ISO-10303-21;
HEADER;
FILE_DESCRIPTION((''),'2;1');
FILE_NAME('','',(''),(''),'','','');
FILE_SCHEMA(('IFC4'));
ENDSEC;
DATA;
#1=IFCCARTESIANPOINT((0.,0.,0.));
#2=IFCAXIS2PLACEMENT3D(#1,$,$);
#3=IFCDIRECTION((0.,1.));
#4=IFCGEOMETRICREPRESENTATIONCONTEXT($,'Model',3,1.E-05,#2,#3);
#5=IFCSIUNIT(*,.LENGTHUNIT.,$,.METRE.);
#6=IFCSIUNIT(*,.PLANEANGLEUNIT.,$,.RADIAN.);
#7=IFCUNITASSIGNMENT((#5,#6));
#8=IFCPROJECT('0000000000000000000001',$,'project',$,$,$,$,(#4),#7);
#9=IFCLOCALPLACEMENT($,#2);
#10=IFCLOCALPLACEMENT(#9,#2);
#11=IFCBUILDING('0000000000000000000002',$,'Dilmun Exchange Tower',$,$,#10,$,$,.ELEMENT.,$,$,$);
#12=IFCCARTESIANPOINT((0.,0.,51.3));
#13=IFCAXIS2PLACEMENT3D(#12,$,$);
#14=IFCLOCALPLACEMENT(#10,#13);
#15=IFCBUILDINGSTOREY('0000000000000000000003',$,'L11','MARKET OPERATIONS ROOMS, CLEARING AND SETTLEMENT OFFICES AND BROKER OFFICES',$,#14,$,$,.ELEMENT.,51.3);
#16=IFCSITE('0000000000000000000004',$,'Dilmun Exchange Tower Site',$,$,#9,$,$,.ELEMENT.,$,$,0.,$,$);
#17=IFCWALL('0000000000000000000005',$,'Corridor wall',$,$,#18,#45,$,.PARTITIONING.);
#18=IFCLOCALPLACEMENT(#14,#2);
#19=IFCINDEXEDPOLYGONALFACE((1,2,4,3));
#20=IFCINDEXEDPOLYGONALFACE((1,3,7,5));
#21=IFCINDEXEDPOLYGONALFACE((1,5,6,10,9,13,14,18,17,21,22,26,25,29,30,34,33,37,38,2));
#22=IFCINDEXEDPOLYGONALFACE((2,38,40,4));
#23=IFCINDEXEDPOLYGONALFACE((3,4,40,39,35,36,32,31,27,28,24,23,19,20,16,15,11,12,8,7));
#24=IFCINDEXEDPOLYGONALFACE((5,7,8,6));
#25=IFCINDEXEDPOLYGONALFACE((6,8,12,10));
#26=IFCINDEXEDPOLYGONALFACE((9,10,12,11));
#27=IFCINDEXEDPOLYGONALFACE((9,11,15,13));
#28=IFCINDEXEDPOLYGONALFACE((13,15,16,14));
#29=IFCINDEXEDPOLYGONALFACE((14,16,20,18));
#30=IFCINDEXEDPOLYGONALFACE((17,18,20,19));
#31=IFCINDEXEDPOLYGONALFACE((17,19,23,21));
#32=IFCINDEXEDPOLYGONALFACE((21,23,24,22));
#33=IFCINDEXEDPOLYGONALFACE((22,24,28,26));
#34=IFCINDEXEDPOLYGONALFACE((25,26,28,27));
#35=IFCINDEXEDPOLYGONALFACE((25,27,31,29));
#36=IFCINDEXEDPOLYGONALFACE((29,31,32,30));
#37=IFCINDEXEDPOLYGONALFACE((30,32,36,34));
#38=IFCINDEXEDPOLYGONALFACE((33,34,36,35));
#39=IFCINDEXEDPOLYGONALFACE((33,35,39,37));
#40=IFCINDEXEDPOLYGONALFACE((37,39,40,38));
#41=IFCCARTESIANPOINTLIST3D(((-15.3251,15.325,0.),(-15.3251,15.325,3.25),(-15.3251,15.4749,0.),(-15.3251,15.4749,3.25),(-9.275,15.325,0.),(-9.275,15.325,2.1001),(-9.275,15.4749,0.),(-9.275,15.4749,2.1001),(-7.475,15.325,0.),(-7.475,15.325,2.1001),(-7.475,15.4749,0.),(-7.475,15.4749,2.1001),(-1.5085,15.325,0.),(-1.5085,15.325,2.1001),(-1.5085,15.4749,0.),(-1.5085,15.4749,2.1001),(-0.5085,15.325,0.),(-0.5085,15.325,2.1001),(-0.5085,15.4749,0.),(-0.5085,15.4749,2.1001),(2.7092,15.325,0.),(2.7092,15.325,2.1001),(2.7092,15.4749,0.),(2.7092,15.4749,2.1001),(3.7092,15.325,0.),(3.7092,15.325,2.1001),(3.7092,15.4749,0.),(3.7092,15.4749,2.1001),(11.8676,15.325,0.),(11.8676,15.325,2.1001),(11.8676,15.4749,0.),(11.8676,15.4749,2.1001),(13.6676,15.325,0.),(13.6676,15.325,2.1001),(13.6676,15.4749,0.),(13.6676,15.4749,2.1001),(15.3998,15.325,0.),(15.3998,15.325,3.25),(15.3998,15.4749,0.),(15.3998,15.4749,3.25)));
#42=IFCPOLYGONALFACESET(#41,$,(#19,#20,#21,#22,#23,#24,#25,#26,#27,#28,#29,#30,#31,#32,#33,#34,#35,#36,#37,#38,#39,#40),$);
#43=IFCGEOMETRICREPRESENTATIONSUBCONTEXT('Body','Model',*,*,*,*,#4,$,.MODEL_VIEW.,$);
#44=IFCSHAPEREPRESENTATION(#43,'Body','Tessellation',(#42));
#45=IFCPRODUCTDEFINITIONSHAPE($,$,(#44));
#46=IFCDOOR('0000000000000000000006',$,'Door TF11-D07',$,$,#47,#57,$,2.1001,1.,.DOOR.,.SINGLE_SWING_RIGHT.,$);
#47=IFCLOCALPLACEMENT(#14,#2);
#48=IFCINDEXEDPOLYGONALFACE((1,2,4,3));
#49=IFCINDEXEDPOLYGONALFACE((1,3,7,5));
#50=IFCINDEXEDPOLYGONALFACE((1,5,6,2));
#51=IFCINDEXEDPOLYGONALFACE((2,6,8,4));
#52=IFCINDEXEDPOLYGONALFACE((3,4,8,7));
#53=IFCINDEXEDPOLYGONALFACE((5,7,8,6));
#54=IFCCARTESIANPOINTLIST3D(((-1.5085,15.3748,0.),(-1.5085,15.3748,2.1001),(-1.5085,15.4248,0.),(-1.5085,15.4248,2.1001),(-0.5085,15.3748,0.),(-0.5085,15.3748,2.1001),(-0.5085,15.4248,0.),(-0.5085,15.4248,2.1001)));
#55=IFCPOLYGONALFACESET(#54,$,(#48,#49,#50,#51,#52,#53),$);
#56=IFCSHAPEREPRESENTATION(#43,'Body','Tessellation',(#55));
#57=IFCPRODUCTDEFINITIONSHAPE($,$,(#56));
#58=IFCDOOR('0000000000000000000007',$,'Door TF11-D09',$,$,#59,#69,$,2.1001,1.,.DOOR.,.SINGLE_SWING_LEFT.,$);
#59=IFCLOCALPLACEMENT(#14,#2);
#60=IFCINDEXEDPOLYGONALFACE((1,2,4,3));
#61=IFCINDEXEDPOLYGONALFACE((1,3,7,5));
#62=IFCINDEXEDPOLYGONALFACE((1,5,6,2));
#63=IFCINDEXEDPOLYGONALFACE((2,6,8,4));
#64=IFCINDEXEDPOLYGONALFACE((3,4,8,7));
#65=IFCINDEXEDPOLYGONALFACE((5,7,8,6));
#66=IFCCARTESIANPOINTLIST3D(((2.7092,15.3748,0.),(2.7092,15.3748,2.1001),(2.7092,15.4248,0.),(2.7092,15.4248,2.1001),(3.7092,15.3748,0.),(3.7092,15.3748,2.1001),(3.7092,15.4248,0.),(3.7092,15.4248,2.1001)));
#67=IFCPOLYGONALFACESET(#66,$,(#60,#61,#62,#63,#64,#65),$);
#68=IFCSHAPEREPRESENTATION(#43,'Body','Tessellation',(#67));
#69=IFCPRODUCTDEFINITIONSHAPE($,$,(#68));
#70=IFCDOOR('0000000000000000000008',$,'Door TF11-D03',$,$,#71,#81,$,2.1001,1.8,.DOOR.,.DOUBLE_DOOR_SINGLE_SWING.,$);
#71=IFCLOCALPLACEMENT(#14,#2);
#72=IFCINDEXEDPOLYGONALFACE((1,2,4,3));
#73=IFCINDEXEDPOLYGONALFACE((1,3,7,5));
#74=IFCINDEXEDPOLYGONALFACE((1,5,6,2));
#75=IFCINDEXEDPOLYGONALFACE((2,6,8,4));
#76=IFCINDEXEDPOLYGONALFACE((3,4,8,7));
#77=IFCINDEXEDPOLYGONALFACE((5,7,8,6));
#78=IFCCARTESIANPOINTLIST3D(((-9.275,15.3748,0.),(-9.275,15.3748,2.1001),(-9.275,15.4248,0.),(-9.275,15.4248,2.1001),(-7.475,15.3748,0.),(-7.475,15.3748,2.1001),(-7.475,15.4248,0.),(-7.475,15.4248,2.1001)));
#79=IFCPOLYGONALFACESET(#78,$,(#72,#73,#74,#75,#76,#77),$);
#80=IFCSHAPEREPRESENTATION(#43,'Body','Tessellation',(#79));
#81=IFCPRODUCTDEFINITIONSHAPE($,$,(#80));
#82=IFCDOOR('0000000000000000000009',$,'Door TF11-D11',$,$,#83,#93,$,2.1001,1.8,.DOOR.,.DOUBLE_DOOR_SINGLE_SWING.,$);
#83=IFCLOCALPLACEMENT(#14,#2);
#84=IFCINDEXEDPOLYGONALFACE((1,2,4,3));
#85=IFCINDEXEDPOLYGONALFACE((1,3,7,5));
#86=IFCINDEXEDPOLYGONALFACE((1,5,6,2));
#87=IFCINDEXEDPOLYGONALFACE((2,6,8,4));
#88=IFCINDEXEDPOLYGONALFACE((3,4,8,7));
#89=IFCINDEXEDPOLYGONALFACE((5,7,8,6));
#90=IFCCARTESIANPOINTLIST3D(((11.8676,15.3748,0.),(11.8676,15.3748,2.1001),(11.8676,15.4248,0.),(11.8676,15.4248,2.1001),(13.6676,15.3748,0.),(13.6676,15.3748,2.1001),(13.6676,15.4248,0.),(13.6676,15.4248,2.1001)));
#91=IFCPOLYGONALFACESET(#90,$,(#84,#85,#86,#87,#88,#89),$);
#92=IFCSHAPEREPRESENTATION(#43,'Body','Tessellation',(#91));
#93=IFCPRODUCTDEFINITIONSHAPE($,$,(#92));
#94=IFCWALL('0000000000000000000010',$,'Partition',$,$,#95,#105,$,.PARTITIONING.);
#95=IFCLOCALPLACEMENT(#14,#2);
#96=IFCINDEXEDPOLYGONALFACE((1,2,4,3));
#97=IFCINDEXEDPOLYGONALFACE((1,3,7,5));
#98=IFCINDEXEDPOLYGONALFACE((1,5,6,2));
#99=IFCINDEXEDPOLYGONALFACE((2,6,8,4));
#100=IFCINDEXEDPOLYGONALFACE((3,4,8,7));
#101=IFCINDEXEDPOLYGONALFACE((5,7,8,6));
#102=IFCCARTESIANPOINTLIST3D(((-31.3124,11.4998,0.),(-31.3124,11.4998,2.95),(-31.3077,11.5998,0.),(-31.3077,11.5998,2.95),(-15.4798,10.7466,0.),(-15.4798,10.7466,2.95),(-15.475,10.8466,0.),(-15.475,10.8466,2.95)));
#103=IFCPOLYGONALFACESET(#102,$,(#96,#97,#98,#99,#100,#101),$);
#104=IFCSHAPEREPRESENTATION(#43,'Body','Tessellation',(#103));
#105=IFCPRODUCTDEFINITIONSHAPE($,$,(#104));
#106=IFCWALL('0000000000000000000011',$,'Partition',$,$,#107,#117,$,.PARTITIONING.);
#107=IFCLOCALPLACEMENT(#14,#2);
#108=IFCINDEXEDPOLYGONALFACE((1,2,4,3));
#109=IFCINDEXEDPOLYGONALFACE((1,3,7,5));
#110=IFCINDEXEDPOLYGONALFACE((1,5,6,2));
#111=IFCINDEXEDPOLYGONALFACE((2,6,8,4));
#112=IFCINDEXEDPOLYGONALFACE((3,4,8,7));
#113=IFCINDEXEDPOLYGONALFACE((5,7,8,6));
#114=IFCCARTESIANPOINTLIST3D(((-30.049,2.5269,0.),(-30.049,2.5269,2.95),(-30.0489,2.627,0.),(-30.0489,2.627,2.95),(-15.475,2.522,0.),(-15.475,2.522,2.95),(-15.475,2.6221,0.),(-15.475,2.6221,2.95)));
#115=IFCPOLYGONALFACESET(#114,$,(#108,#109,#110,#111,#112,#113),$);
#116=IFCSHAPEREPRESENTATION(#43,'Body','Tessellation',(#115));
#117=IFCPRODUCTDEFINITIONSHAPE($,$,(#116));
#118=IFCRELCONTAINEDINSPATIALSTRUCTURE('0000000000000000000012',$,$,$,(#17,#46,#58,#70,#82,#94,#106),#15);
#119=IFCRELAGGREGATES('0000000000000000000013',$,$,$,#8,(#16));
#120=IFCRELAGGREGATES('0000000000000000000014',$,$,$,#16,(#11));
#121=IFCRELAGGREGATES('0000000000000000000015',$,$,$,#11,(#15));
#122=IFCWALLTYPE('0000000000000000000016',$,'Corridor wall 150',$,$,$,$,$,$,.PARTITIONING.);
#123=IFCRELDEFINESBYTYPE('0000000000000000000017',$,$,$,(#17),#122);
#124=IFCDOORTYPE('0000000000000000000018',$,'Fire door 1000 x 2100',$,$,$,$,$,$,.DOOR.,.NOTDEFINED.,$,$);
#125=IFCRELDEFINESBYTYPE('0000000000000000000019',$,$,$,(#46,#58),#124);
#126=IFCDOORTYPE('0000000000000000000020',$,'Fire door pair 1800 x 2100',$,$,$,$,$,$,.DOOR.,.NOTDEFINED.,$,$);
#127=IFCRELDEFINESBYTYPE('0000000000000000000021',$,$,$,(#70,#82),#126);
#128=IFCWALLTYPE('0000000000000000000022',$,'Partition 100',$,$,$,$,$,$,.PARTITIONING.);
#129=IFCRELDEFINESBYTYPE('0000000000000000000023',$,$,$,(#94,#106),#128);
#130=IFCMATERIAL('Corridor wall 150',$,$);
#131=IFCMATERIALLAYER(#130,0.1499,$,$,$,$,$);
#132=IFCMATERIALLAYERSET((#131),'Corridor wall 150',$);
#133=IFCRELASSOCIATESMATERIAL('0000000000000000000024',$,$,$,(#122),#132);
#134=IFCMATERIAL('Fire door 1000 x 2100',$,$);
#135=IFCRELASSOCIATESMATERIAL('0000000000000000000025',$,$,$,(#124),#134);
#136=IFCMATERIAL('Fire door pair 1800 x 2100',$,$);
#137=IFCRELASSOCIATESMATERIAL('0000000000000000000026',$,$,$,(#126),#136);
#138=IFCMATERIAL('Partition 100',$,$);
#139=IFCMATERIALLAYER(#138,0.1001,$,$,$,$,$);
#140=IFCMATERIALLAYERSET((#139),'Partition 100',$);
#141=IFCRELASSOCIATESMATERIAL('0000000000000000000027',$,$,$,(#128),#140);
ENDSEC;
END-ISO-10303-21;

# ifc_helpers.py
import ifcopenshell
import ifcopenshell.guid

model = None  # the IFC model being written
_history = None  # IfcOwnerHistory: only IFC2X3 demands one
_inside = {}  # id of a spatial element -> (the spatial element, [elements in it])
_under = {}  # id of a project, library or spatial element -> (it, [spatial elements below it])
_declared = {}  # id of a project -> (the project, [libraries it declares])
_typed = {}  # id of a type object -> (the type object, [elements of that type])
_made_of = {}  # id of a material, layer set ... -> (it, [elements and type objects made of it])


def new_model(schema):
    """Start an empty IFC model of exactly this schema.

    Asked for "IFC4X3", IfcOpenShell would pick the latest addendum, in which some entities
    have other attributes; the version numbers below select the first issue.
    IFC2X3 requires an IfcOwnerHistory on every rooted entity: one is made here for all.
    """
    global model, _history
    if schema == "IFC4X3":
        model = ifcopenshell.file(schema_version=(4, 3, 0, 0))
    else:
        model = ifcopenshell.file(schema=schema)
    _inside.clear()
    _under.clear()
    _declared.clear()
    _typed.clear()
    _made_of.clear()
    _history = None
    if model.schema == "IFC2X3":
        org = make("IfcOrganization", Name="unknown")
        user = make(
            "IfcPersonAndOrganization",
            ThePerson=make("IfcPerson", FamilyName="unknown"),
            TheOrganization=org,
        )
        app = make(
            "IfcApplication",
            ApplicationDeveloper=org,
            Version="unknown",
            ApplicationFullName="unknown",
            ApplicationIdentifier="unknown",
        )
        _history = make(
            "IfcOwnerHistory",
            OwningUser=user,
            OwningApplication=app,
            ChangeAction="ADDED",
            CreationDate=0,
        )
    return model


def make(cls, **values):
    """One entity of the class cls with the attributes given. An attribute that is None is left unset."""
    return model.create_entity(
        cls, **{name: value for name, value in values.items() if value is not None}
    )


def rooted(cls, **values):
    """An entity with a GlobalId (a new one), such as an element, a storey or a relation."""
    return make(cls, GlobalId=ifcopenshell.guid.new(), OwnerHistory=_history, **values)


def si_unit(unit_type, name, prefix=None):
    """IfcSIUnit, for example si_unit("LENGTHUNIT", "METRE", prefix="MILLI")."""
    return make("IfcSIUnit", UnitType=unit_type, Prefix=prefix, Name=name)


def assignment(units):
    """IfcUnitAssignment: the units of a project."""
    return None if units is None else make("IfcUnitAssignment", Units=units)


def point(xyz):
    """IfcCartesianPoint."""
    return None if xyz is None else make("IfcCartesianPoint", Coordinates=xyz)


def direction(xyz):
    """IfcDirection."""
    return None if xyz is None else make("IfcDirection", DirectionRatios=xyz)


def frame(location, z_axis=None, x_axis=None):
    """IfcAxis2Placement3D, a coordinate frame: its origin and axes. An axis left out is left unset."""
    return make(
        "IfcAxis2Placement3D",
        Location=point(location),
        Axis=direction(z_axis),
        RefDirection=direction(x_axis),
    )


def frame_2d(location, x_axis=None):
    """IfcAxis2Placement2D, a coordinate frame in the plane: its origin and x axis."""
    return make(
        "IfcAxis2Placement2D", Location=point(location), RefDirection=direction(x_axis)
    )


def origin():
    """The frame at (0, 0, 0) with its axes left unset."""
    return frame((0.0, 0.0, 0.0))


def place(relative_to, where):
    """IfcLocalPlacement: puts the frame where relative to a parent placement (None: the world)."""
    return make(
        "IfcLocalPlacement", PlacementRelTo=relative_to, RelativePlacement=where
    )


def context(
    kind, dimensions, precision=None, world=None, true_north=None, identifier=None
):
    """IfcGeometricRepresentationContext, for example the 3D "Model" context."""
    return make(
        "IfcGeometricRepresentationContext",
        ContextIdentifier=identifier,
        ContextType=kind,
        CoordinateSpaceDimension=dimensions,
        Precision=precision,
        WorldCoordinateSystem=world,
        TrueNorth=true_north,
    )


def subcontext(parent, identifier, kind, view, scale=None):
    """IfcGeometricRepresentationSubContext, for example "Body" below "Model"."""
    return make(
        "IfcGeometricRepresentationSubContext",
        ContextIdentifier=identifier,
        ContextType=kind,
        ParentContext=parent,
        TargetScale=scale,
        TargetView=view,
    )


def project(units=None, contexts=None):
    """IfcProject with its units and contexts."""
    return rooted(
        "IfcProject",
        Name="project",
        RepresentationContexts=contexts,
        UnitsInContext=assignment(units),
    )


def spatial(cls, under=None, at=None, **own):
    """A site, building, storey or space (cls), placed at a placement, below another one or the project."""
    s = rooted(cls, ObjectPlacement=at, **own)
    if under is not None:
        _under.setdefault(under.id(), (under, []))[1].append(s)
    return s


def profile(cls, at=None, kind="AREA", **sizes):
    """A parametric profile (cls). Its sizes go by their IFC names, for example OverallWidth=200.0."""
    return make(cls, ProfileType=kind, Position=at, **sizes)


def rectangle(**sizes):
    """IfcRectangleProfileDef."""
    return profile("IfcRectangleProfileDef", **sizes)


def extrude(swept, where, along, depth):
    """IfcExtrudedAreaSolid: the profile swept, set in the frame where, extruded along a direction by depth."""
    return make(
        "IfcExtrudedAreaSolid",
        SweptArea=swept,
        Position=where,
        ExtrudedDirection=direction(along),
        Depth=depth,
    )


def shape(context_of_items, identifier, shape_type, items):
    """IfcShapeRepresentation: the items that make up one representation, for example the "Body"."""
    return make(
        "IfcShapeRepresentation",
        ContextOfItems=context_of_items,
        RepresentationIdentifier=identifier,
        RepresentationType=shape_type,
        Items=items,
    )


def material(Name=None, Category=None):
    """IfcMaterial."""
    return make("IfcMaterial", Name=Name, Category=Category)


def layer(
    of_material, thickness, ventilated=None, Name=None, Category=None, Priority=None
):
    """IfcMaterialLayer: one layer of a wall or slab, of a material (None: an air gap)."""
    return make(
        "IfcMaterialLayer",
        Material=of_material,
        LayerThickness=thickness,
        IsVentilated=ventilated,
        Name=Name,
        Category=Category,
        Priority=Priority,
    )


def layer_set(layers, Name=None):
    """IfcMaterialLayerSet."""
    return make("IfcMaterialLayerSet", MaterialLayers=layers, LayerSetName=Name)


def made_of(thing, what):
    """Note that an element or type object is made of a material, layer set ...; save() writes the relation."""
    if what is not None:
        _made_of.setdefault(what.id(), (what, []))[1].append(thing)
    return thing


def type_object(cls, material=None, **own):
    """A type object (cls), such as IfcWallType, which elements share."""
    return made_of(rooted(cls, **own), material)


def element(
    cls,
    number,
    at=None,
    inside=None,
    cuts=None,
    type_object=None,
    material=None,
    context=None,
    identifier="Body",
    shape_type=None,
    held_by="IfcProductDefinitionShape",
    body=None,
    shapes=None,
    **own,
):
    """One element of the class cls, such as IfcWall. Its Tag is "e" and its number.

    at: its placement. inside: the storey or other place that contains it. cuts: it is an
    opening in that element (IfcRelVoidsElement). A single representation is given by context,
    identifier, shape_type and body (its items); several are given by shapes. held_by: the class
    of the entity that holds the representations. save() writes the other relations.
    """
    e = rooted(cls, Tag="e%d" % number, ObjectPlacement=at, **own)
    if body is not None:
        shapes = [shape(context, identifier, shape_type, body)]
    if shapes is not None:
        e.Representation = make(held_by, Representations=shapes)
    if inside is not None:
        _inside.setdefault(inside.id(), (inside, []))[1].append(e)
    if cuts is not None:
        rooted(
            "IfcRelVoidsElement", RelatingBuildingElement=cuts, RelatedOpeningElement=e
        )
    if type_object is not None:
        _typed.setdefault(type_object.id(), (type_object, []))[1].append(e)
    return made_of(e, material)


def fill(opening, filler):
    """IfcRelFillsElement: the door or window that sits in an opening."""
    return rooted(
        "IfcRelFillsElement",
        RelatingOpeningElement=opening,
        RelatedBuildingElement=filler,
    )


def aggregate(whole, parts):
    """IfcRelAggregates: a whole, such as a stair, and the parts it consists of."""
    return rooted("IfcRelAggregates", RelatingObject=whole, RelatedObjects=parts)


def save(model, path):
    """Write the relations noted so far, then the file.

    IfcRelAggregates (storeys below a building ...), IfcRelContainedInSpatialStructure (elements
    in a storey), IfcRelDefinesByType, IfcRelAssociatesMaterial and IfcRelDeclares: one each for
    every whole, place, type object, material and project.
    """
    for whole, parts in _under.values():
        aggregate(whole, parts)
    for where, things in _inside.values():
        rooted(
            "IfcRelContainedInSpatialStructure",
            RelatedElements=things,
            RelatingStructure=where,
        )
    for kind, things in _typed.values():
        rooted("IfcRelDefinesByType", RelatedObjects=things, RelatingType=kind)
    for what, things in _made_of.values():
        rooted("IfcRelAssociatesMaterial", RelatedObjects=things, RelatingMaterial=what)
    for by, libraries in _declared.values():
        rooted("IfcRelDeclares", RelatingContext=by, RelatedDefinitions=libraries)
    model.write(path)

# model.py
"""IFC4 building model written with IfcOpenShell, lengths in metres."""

from ifc_helpers import new_model, si_unit, direction, frame, frame_2d, origin, place, context, subcontext, project, spatial, rectangle, extrude, material, layer, layer_set, type_object, element, fill, save


model = new_model("IFC4")

# Units and contexts
model_context = context("Model", 3, precision=1e-05, world=origin(), true_north=direction((0.0, 1.0)))
body_context = subcontext(model_context, "Body", "Model", "MODEL_VIEW")
ifc_project = project(units=[si_unit("LENGTHUNIT", "METRE"), si_unit("PLANEANGLEUNIT", "RADIAN")], contexts=[model_context])

# Site, building, storey
site_placement = place(None, origin())
site = spatial("IfcSite", under=ifc_project, at=site_placement, Name="Dilmun Exchange Tower Site", CompositionType="ELEMENT", RefElevation=0.0)
building_placement = place(site_placement, origin())
building = spatial("IfcBuilding", under=site, at=building_placement, Name="Dilmun Exchange Tower", CompositionType="ELEMENT")
storey_placement = place(building_placement, frame((0.0, 0.0, 51.3)))
storey = spatial("IfcBuildingStorey", under=building, at=storey_placement, Name="L11", Description="MARKET OPERATIONS ROOMS, CLEARING AND SETTLEMENT OFFICES AND BROKER OFFICES", CompositionType="ELEMENT", Elevation=51.3)

# Wall, openings, doors
ifc_material_1 = material(Name="Corridor wall 150")
ifc_layer_1 = layer(ifc_material_1, 0.1499)
ifc_layer_set_1 = layer_set([ifc_layer_1], Name="Corridor wall 150")
wall_type_1 = type_object("IfcWallType", Name="Corridor wall 150", PredefinedType="PARTITIONING", material=ifc_layer_set_1)
wall_1_placement = place(storey_placement, frame((-15.325, 15.3999, 0.0), z_axis=(0.0, 0.0, 1.0), x_axis=(1.0, 0.0, 0.0)))
wall_1 = element("IfcWall", 1, at=wall_1_placement, inside=storey, type_object=wall_type_1, Name="Corridor wall", PredefinedType="PARTITIONING", context=body_context, shape_type="SweptSolid", body=[
    extrude(rectangle(XDim=30.7249, YDim=0.1499, at=frame_2d((15.3623, 0.0))), origin(), (0.0, 0.0, 1.0), 3.25),
])
opening_1_placement = place(wall_1_placement, frame((6.05, 0.0, 0.0)))
opening_1 = element("IfcOpeningElement", 2, at=opening_1_placement, cuts=wall_1, PredefinedType="OPENING", context=body_context, shape_type="SweptSolid", body=[
    extrude(rectangle(XDim=1.8, YDim=2.1001, at=frame_2d((0.8999, 1.05))), frame((0.0, 0.085, 0.0), z_axis=(0.0, -1.0, 0.0), x_axis=(1.0, 0.0, 0.0)), (0.0, 0.0, 1.0), 0.1699),
])
opening_2_placement = place(wall_1_placement, frame((13.8164, 0.0, 0.0)))
opening_2 = element("IfcOpeningElement", 3, at=opening_2_placement, cuts=wall_1, PredefinedType="OPENING", context=body_context, shape_type="SweptSolid", body=[
    extrude(rectangle(XDim=1.0, YDim=2.1001, at=frame_2d((0.5, 1.05))), frame((0.0, 0.085, 0.0), z_axis=(0.0, -1.0, 0.0), x_axis=(1.0, 0.0, 0.0)), (0.0, 0.0, 1.0), 0.1699),
])
opening_3_placement = place(wall_1_placement, frame((18.0342, 0.0, 0.0)))
opening_3 = element("IfcOpeningElement", 4, at=opening_3_placement, cuts=wall_1, PredefinedType="OPENING", context=body_context, shape_type="SweptSolid", body=[
    extrude(rectangle(XDim=1.0, YDim=2.1001, at=frame_2d((0.5, 1.05))), frame((0.0, 0.085, 0.0), z_axis=(0.0, -1.0, 0.0), x_axis=(1.0, 0.0, 0.0)), (0.0, 0.0, 1.0), 0.1699),
])
opening_4_placement = place(wall_1_placement, frame((27.1926, 0.0, 0.0)))
opening_4 = element("IfcOpeningElement", 5, at=opening_4_placement, cuts=wall_1, PredefinedType="OPENING", context=body_context, shape_type="SweptSolid", body=[
    extrude(rectangle(XDim=1.8, YDim=2.1001, at=frame_2d((0.8999, 1.05))), frame((0.0, 0.085, 0.0), z_axis=(0.0, -1.0, 0.0), x_axis=(1.0, 0.0, 0.0)), (0.0, 0.0, 1.0), 0.1699),
])
ifc_material_2 = material(Name="Fire door 1000 x 2100")
door_type_1 = type_object("IfcDoorType", Name="Fire door 1000 x 2100", OperationType="NOTDEFINED", PredefinedType="DOOR", material=ifc_material_2)
door_1_placement = place(opening_2_placement, origin())
door_1 = element("IfcDoor", 6, at=door_1_placement, inside=storey, type_object=door_type_1, Name="Door TF11-D07", OperationType="SINGLE_SWING_RIGHT", OverallHeight=2.1001, OverallWidth=1.0, PredefinedType="DOOR", context=body_context, shape_type="SweptSolid", body=[
    extrude(rectangle(XDim=1.0, YDim=2.1001, at=frame_2d((0.5, 1.05))), frame((0.0, 0.0249, 0.0), z_axis=(0.0, -1.0, 0.0), x_axis=(1.0, 0.0, 0.0)), (0.0, 0.0, 1.0), 0.05),
])
fill(opening_2, door_1)
door_2_placement = place(opening_3_placement, origin())
door_2 = element("IfcDoor", 7, at=door_2_placement, inside=storey, type_object=door_type_1, Name="Door TF11-D09", OperationType="SINGLE_SWING_LEFT", OverallHeight=2.1001, OverallWidth=1.0, PredefinedType="DOOR", context=body_context, shape_type="SweptSolid", body=[
    extrude(rectangle(XDim=1.0, YDim=2.1001, at=frame_2d((0.5, 1.05))), frame((0.0, 0.0249, 0.0), z_axis=(0.0, -1.0, 0.0), x_axis=(1.0, 0.0, 0.0)), (0.0, 0.0, 1.0), 0.05),
])
fill(opening_3, door_2)
ifc_material_3 = material(Name="Fire door pair 1800 x 2100")
door_type_2 = type_object("IfcDoorType", Name="Fire door pair 1800 x 2100", OperationType="NOTDEFINED", PredefinedType="DOOR", material=ifc_material_3)
door_3_placement = place(opening_1_placement, origin())
door_3 = element("IfcDoor", 8, at=door_3_placement, inside=storey, type_object=door_type_2, Name="Door TF11-D03", OperationType="DOUBLE_DOOR_SINGLE_SWING", OverallHeight=2.1001, OverallWidth=1.8, PredefinedType="DOOR", context=body_context, shape_type="SweptSolid", body=[
    extrude(rectangle(XDim=1.8, YDim=2.1001, at=frame_2d((0.8999, 1.05))), frame((0.0, 0.0249, 0.0), z_axis=(0.0, -1.0, 0.0), x_axis=(1.0, 0.0, 0.0)), (0.0, 0.0, 1.0), 0.05),
])
fill(opening_1, door_3)
door_4_placement = place(opening_4_placement, origin())
door_4 = element("IfcDoor", 9, at=door_4_placement, inside=storey, type_object=door_type_2, Name="Door TF11-D11", OperationType="DOUBLE_DOOR_SINGLE_SWING", OverallHeight=2.1001, OverallWidth=1.8, PredefinedType="DOOR", context=body_context, shape_type="SweptSolid", body=[
    extrude(rectangle(XDim=1.8, YDim=2.1001, at=frame_2d((0.8999, 1.05))), frame((0.0, 0.0249, 0.0), z_axis=(0.0, -1.0, 0.0), x_axis=(1.0, 0.0, 0.0)), (0.0, 0.0, 1.0), 0.05),
])
fill(opening_4, door_4)

# Walls
ifc_material_4 = material(Name="Partition 100")
ifc_layer_2 = layer(ifc_material_4, 0.1001)
ifc_layer_set_2 = layer_set([ifc_layer_2], Name="Partition 100")
wall_type_2 = type_object("IfcWallType", Name="Partition 100", PredefinedType="PARTITIONING", material=ifc_layer_set_2)
wall_2_placement = place(storey_placement, frame((-31.3101, 11.5498, 0.0), z_axis=(0.0, 0.0, 1.0), x_axis=(0.99887, -0.047517, 0.0)))
element("IfcWall", 10, at=wall_2_placement, inside=storey, type_object=wall_type_2, Name="Partition", PredefinedType="PARTITIONING", context=body_context, shape_type="SweptSolid", body=[
    extrude(rectangle(XDim=15.8506, YDim=0.1001, at=frame_2d((7.9253, 0.0))), origin(), (0.0, 0.0, 1.0), 2.95),
])
wall_3_placement = place(storey_placement, frame((-30.0491, 2.5769, 0.0), z_axis=(0.0, 0.0, 1.0), x_axis=(1.0, -0.000335, 0.0)))
element("IfcWall", 11, at=wall_3_placement, inside=storey, type_object=wall_type_2, Name="Partition", PredefinedType="PARTITIONING", context=body_context, shape_type="SweptSolid", body=[
    extrude(rectangle(XDim=14.574, YDim=0.1001, at=frame_2d((7.2871, 0.0))), origin(), (0.0, 0.0, 1.0), 2.95),
])

save(model, "model.ifc")
